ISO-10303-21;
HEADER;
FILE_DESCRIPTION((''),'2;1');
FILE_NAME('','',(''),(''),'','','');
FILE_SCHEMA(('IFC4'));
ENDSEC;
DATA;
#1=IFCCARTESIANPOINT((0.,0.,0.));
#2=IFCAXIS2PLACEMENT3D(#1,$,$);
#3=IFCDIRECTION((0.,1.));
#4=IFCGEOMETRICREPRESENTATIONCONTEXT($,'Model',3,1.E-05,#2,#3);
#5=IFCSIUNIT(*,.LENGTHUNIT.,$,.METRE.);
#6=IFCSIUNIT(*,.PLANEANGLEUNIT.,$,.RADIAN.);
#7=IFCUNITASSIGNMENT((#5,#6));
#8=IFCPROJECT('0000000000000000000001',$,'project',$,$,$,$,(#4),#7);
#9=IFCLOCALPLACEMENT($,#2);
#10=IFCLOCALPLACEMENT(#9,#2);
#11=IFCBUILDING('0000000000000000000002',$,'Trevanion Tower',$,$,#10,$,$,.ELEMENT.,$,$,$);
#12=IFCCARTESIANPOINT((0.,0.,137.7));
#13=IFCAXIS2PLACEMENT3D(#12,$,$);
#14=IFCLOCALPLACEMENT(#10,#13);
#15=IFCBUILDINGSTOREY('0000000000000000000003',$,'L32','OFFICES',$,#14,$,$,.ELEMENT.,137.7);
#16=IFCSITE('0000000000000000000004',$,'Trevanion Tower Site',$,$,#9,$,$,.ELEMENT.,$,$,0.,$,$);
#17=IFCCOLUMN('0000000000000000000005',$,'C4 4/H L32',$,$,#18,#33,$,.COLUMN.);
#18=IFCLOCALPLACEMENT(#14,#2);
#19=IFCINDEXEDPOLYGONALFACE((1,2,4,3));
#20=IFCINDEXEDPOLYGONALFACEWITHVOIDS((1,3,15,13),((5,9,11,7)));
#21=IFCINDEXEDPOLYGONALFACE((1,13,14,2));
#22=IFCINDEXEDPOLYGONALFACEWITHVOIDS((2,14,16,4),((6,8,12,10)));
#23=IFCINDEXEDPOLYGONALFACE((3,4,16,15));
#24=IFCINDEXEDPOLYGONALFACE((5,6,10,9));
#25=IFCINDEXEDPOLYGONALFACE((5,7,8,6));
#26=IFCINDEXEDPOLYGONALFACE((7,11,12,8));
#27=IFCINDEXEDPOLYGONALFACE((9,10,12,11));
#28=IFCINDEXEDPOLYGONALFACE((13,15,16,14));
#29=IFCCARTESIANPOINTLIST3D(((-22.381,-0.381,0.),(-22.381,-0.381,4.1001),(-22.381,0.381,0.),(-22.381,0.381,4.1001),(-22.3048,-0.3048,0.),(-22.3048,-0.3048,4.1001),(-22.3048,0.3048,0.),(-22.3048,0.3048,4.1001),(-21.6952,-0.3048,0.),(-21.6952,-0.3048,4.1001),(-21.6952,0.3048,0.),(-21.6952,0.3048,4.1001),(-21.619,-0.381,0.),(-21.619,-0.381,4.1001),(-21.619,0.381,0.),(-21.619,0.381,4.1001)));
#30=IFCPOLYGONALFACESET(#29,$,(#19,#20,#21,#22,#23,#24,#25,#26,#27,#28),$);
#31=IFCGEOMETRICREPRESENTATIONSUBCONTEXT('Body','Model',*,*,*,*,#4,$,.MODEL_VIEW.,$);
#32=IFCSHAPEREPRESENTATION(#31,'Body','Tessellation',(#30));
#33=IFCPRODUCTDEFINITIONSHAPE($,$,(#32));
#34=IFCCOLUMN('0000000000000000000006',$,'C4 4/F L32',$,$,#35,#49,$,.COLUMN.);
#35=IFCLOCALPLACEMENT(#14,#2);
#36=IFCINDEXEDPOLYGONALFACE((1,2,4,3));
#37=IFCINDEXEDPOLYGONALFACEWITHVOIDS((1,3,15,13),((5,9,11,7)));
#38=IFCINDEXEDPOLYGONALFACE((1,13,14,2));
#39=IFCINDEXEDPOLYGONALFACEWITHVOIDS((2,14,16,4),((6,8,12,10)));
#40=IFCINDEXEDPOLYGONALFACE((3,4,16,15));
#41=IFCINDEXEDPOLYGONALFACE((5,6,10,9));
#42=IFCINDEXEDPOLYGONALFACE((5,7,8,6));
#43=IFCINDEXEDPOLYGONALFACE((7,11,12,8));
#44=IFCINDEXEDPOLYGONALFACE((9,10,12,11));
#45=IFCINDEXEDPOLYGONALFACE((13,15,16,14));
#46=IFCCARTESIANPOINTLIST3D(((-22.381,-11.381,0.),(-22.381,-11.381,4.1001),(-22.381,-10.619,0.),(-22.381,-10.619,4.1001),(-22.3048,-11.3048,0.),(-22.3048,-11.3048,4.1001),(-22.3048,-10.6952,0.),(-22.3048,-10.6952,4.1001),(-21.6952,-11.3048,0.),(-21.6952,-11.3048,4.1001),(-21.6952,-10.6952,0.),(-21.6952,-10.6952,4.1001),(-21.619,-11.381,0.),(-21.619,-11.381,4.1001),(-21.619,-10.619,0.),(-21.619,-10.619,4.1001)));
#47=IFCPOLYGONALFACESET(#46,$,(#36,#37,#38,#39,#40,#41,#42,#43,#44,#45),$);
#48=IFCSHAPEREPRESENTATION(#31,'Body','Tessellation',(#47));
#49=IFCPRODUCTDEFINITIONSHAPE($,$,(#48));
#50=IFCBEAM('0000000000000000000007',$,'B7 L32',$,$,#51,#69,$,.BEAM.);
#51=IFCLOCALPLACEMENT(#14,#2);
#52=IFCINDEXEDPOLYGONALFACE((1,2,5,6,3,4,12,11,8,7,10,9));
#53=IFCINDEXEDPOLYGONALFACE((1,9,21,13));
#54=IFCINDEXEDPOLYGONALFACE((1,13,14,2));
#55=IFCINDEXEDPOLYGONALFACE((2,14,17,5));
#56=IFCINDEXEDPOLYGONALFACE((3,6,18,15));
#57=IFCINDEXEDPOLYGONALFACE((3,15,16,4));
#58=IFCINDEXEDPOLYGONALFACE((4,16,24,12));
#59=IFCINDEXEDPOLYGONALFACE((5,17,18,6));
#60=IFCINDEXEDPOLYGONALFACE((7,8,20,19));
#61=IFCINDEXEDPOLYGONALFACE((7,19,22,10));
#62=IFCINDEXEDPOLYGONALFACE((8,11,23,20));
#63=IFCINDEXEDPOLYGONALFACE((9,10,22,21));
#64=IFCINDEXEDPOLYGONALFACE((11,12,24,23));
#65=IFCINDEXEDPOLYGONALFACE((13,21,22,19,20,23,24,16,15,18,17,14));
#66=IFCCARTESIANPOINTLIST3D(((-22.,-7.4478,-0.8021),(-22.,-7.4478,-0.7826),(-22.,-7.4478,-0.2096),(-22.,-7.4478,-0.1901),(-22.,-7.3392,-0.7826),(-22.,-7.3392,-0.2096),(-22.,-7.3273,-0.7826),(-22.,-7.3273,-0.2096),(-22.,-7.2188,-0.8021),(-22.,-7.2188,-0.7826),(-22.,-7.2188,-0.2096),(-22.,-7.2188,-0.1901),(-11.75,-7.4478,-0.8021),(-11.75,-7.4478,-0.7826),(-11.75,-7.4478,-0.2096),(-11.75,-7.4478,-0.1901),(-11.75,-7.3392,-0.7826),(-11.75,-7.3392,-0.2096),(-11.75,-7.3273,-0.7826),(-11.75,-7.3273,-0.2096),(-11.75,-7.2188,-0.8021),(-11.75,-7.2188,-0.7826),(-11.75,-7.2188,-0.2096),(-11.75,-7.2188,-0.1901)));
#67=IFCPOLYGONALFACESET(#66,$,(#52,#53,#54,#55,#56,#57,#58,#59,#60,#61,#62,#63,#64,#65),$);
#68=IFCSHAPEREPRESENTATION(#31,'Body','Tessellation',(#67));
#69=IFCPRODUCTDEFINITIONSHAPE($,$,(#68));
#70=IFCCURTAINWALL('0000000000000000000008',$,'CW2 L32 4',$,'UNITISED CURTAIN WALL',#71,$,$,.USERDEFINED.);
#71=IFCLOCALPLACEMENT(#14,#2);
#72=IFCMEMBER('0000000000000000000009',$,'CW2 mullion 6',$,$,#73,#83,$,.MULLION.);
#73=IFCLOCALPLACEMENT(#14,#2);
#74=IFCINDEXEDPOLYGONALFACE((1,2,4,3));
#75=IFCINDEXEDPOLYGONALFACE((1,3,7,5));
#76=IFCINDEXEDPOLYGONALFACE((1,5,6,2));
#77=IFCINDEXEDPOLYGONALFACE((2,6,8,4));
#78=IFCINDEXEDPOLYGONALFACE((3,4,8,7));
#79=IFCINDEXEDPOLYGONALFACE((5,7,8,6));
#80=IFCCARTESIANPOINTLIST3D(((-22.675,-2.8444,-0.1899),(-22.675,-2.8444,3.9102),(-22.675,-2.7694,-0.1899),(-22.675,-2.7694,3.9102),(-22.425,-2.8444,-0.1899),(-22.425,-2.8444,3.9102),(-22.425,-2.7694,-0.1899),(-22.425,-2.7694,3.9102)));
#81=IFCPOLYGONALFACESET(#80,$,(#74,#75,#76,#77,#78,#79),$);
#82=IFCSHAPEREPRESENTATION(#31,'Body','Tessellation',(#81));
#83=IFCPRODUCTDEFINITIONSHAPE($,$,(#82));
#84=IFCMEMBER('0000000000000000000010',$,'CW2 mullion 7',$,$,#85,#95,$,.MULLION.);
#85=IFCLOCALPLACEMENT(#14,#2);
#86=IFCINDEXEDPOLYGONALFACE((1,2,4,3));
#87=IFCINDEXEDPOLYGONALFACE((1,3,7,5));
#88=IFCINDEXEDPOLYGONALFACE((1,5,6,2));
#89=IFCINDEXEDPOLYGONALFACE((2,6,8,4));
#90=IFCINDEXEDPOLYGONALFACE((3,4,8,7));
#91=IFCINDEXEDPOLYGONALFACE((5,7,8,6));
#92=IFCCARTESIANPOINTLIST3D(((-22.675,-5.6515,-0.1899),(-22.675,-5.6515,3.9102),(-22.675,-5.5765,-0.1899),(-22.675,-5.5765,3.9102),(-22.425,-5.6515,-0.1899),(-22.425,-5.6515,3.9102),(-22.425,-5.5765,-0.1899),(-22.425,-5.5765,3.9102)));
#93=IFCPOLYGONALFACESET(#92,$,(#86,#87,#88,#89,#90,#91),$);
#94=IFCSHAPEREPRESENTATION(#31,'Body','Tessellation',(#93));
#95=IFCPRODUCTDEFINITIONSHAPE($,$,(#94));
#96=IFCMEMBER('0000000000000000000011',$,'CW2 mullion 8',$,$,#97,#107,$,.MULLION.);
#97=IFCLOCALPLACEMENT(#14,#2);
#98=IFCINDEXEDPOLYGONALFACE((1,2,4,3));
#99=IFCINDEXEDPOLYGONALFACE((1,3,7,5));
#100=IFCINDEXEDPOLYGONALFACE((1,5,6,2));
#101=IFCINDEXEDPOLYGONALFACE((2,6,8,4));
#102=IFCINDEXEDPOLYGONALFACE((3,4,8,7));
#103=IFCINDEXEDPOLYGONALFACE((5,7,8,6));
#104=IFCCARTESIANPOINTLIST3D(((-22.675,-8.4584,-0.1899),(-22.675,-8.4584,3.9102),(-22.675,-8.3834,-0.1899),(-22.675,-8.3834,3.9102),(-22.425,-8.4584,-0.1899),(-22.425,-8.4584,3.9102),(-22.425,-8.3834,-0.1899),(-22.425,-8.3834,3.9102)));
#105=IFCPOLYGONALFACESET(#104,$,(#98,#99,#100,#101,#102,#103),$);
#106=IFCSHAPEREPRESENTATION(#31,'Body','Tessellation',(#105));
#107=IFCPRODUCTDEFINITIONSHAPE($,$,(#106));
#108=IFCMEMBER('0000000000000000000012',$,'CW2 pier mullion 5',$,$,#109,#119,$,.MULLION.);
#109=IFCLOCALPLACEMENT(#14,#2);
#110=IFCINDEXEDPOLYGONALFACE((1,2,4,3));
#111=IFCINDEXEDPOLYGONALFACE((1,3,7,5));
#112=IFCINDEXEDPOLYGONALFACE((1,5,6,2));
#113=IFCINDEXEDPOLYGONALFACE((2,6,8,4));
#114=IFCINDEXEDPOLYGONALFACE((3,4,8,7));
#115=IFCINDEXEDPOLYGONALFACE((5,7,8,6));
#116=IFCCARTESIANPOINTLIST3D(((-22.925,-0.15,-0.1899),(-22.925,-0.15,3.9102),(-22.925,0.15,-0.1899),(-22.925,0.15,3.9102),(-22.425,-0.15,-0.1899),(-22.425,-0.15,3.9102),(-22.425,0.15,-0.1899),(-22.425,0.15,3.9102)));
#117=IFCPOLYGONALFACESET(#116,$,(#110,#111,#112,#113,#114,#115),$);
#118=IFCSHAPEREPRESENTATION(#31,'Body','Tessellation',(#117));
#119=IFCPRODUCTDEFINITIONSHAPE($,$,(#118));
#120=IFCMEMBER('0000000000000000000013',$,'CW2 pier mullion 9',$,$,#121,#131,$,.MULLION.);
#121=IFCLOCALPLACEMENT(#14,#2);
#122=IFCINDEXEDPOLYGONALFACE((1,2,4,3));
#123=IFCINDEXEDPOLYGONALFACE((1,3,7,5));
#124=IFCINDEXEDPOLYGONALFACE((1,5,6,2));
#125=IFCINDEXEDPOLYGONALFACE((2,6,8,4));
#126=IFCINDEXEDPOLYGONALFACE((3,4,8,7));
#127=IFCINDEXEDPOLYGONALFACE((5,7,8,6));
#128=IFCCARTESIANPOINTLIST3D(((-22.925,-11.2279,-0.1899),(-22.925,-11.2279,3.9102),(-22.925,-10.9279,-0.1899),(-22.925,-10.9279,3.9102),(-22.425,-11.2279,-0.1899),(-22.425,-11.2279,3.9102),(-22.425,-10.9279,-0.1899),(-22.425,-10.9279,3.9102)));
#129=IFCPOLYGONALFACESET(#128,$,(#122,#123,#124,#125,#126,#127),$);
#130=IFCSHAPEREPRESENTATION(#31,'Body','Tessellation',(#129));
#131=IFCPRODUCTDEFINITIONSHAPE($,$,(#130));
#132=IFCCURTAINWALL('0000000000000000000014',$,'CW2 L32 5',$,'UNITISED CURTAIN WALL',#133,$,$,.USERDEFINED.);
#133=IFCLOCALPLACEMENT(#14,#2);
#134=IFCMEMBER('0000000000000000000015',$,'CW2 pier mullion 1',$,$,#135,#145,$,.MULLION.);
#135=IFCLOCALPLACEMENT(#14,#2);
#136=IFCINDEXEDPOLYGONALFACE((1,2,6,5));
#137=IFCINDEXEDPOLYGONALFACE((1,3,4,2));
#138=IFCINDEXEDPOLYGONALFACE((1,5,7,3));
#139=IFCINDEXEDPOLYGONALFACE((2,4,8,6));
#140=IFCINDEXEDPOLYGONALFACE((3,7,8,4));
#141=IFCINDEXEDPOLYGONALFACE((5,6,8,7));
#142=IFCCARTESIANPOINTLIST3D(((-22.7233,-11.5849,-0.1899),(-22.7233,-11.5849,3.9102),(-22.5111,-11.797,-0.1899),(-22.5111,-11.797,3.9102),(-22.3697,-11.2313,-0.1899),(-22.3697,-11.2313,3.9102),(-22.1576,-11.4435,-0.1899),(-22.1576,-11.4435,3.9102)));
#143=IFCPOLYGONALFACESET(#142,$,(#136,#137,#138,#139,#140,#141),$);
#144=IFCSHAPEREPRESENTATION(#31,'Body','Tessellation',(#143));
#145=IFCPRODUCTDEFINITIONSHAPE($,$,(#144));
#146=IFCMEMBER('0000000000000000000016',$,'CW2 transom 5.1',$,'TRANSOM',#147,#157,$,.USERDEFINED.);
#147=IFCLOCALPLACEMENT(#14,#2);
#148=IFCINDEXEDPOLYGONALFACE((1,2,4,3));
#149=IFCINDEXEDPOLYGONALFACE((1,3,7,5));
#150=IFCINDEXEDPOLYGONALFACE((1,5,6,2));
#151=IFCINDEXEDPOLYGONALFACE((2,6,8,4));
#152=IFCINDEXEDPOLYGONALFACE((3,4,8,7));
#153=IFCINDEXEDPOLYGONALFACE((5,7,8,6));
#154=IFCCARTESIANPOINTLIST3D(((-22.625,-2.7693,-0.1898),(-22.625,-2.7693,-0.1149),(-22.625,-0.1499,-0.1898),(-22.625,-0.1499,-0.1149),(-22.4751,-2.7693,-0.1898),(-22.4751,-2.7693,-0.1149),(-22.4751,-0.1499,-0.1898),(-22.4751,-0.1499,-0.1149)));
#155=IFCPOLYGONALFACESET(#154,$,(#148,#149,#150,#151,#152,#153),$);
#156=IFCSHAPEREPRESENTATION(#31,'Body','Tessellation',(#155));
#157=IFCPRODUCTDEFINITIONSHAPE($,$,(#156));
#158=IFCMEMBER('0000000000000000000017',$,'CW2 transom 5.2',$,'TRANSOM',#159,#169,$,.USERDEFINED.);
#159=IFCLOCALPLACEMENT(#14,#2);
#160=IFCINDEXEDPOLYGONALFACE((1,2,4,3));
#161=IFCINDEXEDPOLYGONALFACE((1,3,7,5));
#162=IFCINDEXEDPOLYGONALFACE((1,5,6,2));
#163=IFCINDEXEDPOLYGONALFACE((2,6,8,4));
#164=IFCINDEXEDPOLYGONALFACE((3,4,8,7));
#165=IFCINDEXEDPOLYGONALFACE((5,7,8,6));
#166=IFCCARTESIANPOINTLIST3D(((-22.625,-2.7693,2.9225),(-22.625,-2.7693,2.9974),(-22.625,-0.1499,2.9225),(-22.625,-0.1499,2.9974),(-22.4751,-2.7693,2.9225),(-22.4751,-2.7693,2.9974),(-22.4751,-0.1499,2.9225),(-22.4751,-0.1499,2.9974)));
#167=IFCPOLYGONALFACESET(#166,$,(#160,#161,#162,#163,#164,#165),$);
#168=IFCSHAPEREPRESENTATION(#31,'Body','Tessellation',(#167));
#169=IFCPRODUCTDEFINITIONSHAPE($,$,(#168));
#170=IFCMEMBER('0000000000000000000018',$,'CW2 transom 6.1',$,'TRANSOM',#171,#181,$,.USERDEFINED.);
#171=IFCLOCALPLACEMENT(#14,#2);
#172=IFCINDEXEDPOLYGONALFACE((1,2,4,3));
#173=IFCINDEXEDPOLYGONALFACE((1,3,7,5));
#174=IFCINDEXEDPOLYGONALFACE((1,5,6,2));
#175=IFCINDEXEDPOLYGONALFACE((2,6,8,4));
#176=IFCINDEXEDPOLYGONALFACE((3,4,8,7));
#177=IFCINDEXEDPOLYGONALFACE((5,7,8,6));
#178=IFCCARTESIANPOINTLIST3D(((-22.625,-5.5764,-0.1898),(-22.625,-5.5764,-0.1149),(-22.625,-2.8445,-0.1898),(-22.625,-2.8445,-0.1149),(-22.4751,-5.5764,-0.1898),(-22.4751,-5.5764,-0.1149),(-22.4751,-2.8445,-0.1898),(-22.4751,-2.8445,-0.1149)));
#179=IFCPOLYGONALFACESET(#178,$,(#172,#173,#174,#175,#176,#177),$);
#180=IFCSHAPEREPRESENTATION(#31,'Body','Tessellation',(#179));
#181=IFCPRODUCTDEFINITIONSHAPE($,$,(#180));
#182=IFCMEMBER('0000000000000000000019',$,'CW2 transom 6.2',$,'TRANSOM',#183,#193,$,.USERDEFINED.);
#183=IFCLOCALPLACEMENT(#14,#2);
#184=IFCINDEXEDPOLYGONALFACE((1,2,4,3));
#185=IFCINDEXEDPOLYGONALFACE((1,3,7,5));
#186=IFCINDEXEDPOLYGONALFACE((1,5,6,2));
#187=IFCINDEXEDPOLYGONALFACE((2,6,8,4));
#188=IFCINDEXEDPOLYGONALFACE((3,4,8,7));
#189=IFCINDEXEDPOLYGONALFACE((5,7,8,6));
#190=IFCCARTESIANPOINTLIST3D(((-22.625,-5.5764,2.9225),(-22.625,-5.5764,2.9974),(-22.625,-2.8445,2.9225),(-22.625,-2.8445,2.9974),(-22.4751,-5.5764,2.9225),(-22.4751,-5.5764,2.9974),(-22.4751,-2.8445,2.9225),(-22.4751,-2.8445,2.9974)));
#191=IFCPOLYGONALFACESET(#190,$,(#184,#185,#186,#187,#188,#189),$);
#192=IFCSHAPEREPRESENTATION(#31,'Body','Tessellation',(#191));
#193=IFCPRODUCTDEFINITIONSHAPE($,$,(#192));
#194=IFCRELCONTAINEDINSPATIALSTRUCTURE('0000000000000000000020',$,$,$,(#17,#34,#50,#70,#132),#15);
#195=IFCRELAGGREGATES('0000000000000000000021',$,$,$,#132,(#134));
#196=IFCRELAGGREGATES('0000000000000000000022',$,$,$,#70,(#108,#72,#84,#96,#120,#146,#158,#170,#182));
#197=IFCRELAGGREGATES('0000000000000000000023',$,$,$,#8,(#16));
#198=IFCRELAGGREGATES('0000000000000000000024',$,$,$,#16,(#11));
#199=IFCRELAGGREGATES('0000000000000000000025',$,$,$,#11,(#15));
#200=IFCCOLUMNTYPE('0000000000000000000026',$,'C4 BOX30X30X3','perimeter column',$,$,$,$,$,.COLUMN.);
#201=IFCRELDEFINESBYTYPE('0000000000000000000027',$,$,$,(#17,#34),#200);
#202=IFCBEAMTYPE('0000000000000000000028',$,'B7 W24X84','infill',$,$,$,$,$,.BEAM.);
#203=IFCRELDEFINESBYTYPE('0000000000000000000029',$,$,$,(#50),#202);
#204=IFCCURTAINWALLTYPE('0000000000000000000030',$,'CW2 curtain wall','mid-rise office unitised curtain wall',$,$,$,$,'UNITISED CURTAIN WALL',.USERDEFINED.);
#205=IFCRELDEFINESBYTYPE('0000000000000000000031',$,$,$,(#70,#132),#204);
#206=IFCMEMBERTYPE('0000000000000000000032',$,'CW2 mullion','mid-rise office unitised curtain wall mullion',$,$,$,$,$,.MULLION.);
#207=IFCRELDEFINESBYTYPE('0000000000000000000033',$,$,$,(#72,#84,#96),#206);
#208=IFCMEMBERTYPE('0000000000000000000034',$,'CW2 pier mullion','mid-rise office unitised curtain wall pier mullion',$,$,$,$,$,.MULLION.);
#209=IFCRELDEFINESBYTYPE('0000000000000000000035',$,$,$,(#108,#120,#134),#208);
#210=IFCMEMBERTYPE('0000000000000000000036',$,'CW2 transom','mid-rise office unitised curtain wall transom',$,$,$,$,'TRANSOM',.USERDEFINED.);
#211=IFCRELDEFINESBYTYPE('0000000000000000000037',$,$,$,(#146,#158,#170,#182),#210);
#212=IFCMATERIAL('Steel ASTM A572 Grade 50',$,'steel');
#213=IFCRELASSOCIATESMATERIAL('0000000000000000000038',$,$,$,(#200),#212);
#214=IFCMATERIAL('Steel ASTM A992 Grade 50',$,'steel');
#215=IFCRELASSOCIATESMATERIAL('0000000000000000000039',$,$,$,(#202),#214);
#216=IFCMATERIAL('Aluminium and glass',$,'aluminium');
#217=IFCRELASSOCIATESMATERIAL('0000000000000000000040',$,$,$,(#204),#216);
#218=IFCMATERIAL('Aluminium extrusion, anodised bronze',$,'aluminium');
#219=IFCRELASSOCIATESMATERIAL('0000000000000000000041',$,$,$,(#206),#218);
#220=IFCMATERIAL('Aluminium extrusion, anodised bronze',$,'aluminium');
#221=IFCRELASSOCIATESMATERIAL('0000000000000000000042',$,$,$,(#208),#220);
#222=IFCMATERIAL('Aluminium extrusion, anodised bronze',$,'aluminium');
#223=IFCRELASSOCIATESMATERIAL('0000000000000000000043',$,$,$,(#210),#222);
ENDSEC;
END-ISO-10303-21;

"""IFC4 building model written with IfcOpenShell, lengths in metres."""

from ifc_helpers import new_model, si_unit, direction, frame, origin, origin_2d, place, context, subcontext, project, spatial, rectangle, hollow_rectangle, i_section, extrude, material, material_profile, profile_set, type_object, element, aggregate, save


model = new_model("IFC4")

# Units and contexts
model_context = context("Model", 3, precision=1e-05, world=origin(), true_north=direction((0.0, 1.0)))
body_context = subcontext(model_context, "Body", "Model", "MODEL_VIEW")
ifc_project = project(units=[si_unit("LENGTHUNIT", "METRE"), si_unit("PLANEANGLEUNIT", "RADIAN")], contexts=[model_context])

# Site, building, storey
site_placement = place(None, origin())
site = spatial("IfcSite", under=ifc_project, at=site_placement, Name="Trevanion Tower Site", CompositionType="ELEMENT", RefElevation=0.0)
building_placement = place(site_placement, origin())
building = spatial("IfcBuilding", under=site, at=building_placement, Name="Trevanion Tower", CompositionType="ELEMENT")
storey_placement = place(building_placement, frame((0.0, 0.0, 137.7)))
storey = spatial("IfcBuildingStorey", under=building, at=storey_placement, Name="L32", Description="OFFICES", CompositionType="ELEMENT", Elevation=137.7)

# Columns
ifc_material_1 = material(Name="Steel ASTM A572 Grade 50", Category="steel")
ifc_material_profile_1 = material_profile(ifc_material_1, hollow_rectangle(XDim=0.762, YDim=0.762, WallThickness=0.0762, at=origin_2d()), Name="BOX30X30X3")
ifc_profile_set_1 = profile_set([ifc_material_profile_1], Name="Steel ASTM A572 Grade 50")
column_type = type_object("IfcColumnType", Name="C4 BOX30X30X3", Description="perimeter column", PredefinedType="COLUMN", material=ifc_profile_set_1)
for number, where, z_axis, x_axis, name in (
    (1, (-22.0, 0.0, 0.0), (0.0, 0.0, 1.0), (0.0, 1.0, 0.0), "C4 4/H L32"),
    (2, (-22.0, -11.0, 0.0), (0.0, 0.0, 1.0), (0.0, 1.0, 0.0), "C4 4/F L32"),
):
    element("IfcColumn", number, at=place(storey_placement, frame(where, z_axis=z_axis, x_axis=x_axis)), inside=storey, type_object=column_type, Name=name, PredefinedType="COLUMN", context=body_context, shape_type="SweptSolid", body=[
        extrude(hollow_rectangle(XDim=0.762, YDim=0.762, WallThickness=0.0762, at=origin_2d()), origin(), (0.0, 0.0, 1.0), 4.1001),
    ])

# Beam
ifc_material_2 = material(Name="Steel ASTM A992 Grade 50", Category="steel")
ifc_material_profile_2 = material_profile(ifc_material_2, i_section(OverallWidth=0.229, OverallDepth=0.6121, WebThickness=0.012, FlangeThickness=0.0195, at=origin_2d()), Name="W24X84")
ifc_profile_set_2 = profile_set([ifc_material_profile_2], Name="Steel ASTM A992 Grade 50")
beam_type_1 = type_object("IfcBeamType", Name="B7 W24X84", Description="infill", PredefinedType="BEAM", material=ifc_profile_set_2)
beam_1_placement = place(storey_placement, frame((-11.75, -7.3333, -0.4961), z_axis=(-1.0, 0.0, 0.0), x_axis=(0.0, -1.0, 0.0)))
element("IfcBeam", 3, at=beam_1_placement, inside=storey, type_object=beam_type_1, Name="B7 L32", PredefinedType="BEAM", context=body_context, shape_type="SweptSolid", body=[
    extrude(i_section(OverallWidth=0.229, OverallDepth=0.6121, WebThickness=0.012, FlangeThickness=0.0195, at=origin_2d()), origin(), (0.0, 0.0, 1.0), 10.25),
])

# Curtain wall, members
ifc_material_3 = material(Name="Aluminium and glass", Category="aluminium")
curtain_wall_type = type_object("IfcCurtainWallType", Name="CW2 curtain wall", Description="mid-rise office unitised curtain wall", ElementType="UNITISED CURTAIN WALL", PredefinedType="USERDEFINED", material=ifc_material_3)
curtain_wall_1_placement = place(storey_placement, origin())
curtain_wall_1 = element("IfcCurtainWall", 4, at=curtain_wall_1_placement, inside=storey, type_object=curtain_wall_type, Name="CW2 L32 4", ObjectType="UNITISED CURTAIN WALL", PredefinedType="USERDEFINED")
ifc_material_4 = material(Name="Aluminium extrusion, anodised bronze", Category="aluminium")
ifc_material_profile_3 = material_profile(ifc_material_4, rectangle(XDim=0.075, YDim=0.25, at=origin_2d()), Name="CW2 mullion")
ifc_profile_set_3 = profile_set([ifc_material_profile_3], Name="Aluminium extrusion, anodised bronze")
member_type_1 = type_object("IfcMemberType", Name="CW2 mullion", Description="mid-rise office unitised curtain wall mullion", PredefinedType="MULLION", material=ifc_profile_set_3)
member_1_placement = place(storey_placement, frame((-22.55, -2.8069, -0.1899), z_axis=(0.0, 0.0, 1.0), x_axis=(0.0, -1.0, 0.0)))
member_1 = element("IfcMember", 5, at=member_1_placement, type_object=member_type_1, Name="CW2 mullion 6", PredefinedType="MULLION", context=body_context, shape_type="SweptSolid", body=[
    extrude(rectangle(XDim=0.075, YDim=0.25, at=origin_2d()), origin(), (0.0, 0.0, 1.0), 4.1001),
])
member_2_placement = place(storey_placement, frame((-22.55, -5.614, -0.1899), z_axis=(0.0, 0.0, 1.0), x_axis=(0.0, -1.0, 0.0)))
member_2 = element("IfcMember", 6, at=member_2_placement, type_object=member_type_1, Name="CW2 mullion 7", PredefinedType="MULLION", context=body_context, shape_type="SweptSolid", body=[
    extrude(rectangle(XDim=0.075, YDim=0.25, at=origin_2d()), origin(), (0.0, 0.0, 1.0), 4.1001),
])
member_3_placement = place(storey_placement, frame((-22.55, -8.4209, -0.1899), z_axis=(0.0, 0.0, 1.0), x_axis=(0.0, -1.0, 0.0)))
member_3 = element("IfcMember", 7, at=member_3_placement, type_object=member_type_1, Name="CW2 mullion 8", PredefinedType="MULLION", context=body_context, shape_type="SweptSolid", body=[
    extrude(rectangle(XDim=0.075, YDim=0.25, at=origin_2d()), origin(), (0.0, 0.0, 1.0), 4.1001),
])
ifc_material_5 = material(Name="Aluminium extrusion, anodised bronze", Category="aluminium")
ifc_material_profile_4 = material_profile(ifc_material_5, rectangle(XDim=0.3, YDim=0.5, at=origin_2d()), Name="CW2 pier mullion")
ifc_profile_set_4 = profile_set([ifc_material_profile_4], Name="Aluminium extrusion, anodised bronze")
member_type_2 = type_object("IfcMemberType", Name="CW2 pier mullion", Description="mid-rise office unitised curtain wall pier mullion", PredefinedType="MULLION", material=ifc_profile_set_4)
member_4_placement = place(storey_placement, frame((-22.675, 0.0, -0.1899), z_axis=(0.0, 0.0, 1.0), x_axis=(0.0, -1.0, 0.0)))
member_4 = element("IfcMember", 8, at=member_4_placement, type_object=member_type_2, Name="CW2 pier mullion 5", PredefinedType="MULLION", context=body_context, shape_type="SweptSolid", body=[
    extrude(rectangle(XDim=0.3, YDim=0.5, at=origin_2d()), origin(), (0.0, 0.0, 1.0), 4.1001),
])
member_5_placement = place(storey_placement, frame((-22.675, -11.0779, -0.1899), z_axis=(0.0, 0.0, 1.0), x_axis=(0.0, -1.0, 0.0)))
member_5 = element("IfcMember", 9, at=member_5_placement, type_object=member_type_2, Name="CW2 pier mullion 9", PredefinedType="MULLION", context=body_context, shape_type="SweptSolid", body=[
    extrude(rectangle(XDim=0.3, YDim=0.5, at=origin_2d()), origin(), (0.0, 0.0, 1.0), 4.1001),
])

# Curtain wall, member
curtain_wall_2_placement = place(storey_placement, origin())
curtain_wall_2 = element("IfcCurtainWall", 10, at=curtain_wall_2_placement, inside=storey, type_object=curtain_wall_type, Name="CW2 L32 5", ObjectType="UNITISED CURTAIN WALL", PredefinedType="USERDEFINED")
member_6_placement = place(storey_placement, frame((-22.4404, -11.5142, -0.1899), z_axis=(0.0, 0.0, 1.0), x_axis=(0.707107, -0.707107, 0.0)))
member_6 = element("IfcMember", 11, at=member_6_placement, type_object=member_type_2, Name="CW2 pier mullion 1", PredefinedType="MULLION", context=body_context, shape_type="SweptSolid", body=[
    extrude(rectangle(XDim=0.3, YDim=0.5, at=origin_2d()), origin(), (0.0, 0.0, 1.0), 4.1001),
])

# Members
ifc_material_6 = material(Name="Aluminium extrusion, anodised bronze", Category="aluminium")
ifc_material_profile_5 = material_profile(ifc_material_6, rectangle(XDim=0.1499, YDim=0.075, at=origin_2d()), Name="CW2 transom")
ifc_profile_set_5 = profile_set([ifc_material_profile_5], Name="Aluminium extrusion, anodised bronze")
member_type_3 = type_object("IfcMemberType", Name="CW2 transom", Description="mid-rise office unitised curtain wall transom", ElementType="TRANSOM", PredefinedType="USERDEFINED", material=ifc_profile_set_5)
member_7_placement = place(storey_placement, frame((-22.55, -0.1499, -0.1523), z_axis=(0.0, -1.0, 0.0), x_axis=(1.0, 0.0, 0.0)))
member_7 = element("IfcMember", 12, at=member_7_placement, type_object=member_type_3, Name="CW2 transom 5.1", ObjectType="TRANSOM", PredefinedType="USERDEFINED", context=body_context, shape_type="SweptSolid", body=[
    extrude(rectangle(XDim=0.1499, YDim=0.075, at=origin_2d()), origin(), (0.0, 0.0, 1.0), 2.6194),
])
member_8_placement = place(storey_placement, frame((-22.55, -0.1499, 2.96), z_axis=(0.0, -1.0, 0.0), x_axis=(1.0, 0.0, 0.0)))
member_8 = element("IfcMember", 13, at=member_8_placement, type_object=member_type_3, Name="CW2 transom 5.2", ObjectType="TRANSOM", PredefinedType="USERDEFINED", context=body_context, shape_type="SweptSolid", body=[
    extrude(rectangle(XDim=0.1499, YDim=0.075, at=origin_2d()), origin(), (0.0, 0.0, 1.0), 2.6194),
])
member_9_placement = place(storey_placement, frame((-22.55, -2.8445, -0.1523), z_axis=(0.0, -1.0, 0.0), x_axis=(1.0, 0.0, 0.0)))
member_9 = element("IfcMember", 14, at=member_9_placement, type_object=member_type_3, Name="CW2 transom 6.1", ObjectType="TRANSOM", PredefinedType="USERDEFINED", context=body_context, shape_type="SweptSolid", body=[
    extrude(rectangle(XDim=0.1499, YDim=0.075, at=origin_2d()), origin(), (0.0, 0.0, 1.0), 2.7319),
])
member_10_placement = place(storey_placement, frame((-22.55, -2.8445, 2.96), z_axis=(0.0, -1.0, 0.0), x_axis=(1.0, 0.0, 0.0)))
member_10 = element("IfcMember", 15, at=member_10_placement, type_object=member_type_3, Name="CW2 transom 6.2", ObjectType="TRANSOM", PredefinedType="USERDEFINED", context=body_context, shape_type="SweptSolid", body=[
    extrude(rectangle(XDim=0.1499, YDim=0.075, at=origin_2d()), origin(), (0.0, 0.0, 1.0), 2.7319),
])
aggregate(curtain_wall_2, [member_6])

aggregate(curtain_wall_1, [member_4, member_1, member_2, member_3, member_5, member_7, member_8, member_9, member_10])

save(model, "model.ifc")
